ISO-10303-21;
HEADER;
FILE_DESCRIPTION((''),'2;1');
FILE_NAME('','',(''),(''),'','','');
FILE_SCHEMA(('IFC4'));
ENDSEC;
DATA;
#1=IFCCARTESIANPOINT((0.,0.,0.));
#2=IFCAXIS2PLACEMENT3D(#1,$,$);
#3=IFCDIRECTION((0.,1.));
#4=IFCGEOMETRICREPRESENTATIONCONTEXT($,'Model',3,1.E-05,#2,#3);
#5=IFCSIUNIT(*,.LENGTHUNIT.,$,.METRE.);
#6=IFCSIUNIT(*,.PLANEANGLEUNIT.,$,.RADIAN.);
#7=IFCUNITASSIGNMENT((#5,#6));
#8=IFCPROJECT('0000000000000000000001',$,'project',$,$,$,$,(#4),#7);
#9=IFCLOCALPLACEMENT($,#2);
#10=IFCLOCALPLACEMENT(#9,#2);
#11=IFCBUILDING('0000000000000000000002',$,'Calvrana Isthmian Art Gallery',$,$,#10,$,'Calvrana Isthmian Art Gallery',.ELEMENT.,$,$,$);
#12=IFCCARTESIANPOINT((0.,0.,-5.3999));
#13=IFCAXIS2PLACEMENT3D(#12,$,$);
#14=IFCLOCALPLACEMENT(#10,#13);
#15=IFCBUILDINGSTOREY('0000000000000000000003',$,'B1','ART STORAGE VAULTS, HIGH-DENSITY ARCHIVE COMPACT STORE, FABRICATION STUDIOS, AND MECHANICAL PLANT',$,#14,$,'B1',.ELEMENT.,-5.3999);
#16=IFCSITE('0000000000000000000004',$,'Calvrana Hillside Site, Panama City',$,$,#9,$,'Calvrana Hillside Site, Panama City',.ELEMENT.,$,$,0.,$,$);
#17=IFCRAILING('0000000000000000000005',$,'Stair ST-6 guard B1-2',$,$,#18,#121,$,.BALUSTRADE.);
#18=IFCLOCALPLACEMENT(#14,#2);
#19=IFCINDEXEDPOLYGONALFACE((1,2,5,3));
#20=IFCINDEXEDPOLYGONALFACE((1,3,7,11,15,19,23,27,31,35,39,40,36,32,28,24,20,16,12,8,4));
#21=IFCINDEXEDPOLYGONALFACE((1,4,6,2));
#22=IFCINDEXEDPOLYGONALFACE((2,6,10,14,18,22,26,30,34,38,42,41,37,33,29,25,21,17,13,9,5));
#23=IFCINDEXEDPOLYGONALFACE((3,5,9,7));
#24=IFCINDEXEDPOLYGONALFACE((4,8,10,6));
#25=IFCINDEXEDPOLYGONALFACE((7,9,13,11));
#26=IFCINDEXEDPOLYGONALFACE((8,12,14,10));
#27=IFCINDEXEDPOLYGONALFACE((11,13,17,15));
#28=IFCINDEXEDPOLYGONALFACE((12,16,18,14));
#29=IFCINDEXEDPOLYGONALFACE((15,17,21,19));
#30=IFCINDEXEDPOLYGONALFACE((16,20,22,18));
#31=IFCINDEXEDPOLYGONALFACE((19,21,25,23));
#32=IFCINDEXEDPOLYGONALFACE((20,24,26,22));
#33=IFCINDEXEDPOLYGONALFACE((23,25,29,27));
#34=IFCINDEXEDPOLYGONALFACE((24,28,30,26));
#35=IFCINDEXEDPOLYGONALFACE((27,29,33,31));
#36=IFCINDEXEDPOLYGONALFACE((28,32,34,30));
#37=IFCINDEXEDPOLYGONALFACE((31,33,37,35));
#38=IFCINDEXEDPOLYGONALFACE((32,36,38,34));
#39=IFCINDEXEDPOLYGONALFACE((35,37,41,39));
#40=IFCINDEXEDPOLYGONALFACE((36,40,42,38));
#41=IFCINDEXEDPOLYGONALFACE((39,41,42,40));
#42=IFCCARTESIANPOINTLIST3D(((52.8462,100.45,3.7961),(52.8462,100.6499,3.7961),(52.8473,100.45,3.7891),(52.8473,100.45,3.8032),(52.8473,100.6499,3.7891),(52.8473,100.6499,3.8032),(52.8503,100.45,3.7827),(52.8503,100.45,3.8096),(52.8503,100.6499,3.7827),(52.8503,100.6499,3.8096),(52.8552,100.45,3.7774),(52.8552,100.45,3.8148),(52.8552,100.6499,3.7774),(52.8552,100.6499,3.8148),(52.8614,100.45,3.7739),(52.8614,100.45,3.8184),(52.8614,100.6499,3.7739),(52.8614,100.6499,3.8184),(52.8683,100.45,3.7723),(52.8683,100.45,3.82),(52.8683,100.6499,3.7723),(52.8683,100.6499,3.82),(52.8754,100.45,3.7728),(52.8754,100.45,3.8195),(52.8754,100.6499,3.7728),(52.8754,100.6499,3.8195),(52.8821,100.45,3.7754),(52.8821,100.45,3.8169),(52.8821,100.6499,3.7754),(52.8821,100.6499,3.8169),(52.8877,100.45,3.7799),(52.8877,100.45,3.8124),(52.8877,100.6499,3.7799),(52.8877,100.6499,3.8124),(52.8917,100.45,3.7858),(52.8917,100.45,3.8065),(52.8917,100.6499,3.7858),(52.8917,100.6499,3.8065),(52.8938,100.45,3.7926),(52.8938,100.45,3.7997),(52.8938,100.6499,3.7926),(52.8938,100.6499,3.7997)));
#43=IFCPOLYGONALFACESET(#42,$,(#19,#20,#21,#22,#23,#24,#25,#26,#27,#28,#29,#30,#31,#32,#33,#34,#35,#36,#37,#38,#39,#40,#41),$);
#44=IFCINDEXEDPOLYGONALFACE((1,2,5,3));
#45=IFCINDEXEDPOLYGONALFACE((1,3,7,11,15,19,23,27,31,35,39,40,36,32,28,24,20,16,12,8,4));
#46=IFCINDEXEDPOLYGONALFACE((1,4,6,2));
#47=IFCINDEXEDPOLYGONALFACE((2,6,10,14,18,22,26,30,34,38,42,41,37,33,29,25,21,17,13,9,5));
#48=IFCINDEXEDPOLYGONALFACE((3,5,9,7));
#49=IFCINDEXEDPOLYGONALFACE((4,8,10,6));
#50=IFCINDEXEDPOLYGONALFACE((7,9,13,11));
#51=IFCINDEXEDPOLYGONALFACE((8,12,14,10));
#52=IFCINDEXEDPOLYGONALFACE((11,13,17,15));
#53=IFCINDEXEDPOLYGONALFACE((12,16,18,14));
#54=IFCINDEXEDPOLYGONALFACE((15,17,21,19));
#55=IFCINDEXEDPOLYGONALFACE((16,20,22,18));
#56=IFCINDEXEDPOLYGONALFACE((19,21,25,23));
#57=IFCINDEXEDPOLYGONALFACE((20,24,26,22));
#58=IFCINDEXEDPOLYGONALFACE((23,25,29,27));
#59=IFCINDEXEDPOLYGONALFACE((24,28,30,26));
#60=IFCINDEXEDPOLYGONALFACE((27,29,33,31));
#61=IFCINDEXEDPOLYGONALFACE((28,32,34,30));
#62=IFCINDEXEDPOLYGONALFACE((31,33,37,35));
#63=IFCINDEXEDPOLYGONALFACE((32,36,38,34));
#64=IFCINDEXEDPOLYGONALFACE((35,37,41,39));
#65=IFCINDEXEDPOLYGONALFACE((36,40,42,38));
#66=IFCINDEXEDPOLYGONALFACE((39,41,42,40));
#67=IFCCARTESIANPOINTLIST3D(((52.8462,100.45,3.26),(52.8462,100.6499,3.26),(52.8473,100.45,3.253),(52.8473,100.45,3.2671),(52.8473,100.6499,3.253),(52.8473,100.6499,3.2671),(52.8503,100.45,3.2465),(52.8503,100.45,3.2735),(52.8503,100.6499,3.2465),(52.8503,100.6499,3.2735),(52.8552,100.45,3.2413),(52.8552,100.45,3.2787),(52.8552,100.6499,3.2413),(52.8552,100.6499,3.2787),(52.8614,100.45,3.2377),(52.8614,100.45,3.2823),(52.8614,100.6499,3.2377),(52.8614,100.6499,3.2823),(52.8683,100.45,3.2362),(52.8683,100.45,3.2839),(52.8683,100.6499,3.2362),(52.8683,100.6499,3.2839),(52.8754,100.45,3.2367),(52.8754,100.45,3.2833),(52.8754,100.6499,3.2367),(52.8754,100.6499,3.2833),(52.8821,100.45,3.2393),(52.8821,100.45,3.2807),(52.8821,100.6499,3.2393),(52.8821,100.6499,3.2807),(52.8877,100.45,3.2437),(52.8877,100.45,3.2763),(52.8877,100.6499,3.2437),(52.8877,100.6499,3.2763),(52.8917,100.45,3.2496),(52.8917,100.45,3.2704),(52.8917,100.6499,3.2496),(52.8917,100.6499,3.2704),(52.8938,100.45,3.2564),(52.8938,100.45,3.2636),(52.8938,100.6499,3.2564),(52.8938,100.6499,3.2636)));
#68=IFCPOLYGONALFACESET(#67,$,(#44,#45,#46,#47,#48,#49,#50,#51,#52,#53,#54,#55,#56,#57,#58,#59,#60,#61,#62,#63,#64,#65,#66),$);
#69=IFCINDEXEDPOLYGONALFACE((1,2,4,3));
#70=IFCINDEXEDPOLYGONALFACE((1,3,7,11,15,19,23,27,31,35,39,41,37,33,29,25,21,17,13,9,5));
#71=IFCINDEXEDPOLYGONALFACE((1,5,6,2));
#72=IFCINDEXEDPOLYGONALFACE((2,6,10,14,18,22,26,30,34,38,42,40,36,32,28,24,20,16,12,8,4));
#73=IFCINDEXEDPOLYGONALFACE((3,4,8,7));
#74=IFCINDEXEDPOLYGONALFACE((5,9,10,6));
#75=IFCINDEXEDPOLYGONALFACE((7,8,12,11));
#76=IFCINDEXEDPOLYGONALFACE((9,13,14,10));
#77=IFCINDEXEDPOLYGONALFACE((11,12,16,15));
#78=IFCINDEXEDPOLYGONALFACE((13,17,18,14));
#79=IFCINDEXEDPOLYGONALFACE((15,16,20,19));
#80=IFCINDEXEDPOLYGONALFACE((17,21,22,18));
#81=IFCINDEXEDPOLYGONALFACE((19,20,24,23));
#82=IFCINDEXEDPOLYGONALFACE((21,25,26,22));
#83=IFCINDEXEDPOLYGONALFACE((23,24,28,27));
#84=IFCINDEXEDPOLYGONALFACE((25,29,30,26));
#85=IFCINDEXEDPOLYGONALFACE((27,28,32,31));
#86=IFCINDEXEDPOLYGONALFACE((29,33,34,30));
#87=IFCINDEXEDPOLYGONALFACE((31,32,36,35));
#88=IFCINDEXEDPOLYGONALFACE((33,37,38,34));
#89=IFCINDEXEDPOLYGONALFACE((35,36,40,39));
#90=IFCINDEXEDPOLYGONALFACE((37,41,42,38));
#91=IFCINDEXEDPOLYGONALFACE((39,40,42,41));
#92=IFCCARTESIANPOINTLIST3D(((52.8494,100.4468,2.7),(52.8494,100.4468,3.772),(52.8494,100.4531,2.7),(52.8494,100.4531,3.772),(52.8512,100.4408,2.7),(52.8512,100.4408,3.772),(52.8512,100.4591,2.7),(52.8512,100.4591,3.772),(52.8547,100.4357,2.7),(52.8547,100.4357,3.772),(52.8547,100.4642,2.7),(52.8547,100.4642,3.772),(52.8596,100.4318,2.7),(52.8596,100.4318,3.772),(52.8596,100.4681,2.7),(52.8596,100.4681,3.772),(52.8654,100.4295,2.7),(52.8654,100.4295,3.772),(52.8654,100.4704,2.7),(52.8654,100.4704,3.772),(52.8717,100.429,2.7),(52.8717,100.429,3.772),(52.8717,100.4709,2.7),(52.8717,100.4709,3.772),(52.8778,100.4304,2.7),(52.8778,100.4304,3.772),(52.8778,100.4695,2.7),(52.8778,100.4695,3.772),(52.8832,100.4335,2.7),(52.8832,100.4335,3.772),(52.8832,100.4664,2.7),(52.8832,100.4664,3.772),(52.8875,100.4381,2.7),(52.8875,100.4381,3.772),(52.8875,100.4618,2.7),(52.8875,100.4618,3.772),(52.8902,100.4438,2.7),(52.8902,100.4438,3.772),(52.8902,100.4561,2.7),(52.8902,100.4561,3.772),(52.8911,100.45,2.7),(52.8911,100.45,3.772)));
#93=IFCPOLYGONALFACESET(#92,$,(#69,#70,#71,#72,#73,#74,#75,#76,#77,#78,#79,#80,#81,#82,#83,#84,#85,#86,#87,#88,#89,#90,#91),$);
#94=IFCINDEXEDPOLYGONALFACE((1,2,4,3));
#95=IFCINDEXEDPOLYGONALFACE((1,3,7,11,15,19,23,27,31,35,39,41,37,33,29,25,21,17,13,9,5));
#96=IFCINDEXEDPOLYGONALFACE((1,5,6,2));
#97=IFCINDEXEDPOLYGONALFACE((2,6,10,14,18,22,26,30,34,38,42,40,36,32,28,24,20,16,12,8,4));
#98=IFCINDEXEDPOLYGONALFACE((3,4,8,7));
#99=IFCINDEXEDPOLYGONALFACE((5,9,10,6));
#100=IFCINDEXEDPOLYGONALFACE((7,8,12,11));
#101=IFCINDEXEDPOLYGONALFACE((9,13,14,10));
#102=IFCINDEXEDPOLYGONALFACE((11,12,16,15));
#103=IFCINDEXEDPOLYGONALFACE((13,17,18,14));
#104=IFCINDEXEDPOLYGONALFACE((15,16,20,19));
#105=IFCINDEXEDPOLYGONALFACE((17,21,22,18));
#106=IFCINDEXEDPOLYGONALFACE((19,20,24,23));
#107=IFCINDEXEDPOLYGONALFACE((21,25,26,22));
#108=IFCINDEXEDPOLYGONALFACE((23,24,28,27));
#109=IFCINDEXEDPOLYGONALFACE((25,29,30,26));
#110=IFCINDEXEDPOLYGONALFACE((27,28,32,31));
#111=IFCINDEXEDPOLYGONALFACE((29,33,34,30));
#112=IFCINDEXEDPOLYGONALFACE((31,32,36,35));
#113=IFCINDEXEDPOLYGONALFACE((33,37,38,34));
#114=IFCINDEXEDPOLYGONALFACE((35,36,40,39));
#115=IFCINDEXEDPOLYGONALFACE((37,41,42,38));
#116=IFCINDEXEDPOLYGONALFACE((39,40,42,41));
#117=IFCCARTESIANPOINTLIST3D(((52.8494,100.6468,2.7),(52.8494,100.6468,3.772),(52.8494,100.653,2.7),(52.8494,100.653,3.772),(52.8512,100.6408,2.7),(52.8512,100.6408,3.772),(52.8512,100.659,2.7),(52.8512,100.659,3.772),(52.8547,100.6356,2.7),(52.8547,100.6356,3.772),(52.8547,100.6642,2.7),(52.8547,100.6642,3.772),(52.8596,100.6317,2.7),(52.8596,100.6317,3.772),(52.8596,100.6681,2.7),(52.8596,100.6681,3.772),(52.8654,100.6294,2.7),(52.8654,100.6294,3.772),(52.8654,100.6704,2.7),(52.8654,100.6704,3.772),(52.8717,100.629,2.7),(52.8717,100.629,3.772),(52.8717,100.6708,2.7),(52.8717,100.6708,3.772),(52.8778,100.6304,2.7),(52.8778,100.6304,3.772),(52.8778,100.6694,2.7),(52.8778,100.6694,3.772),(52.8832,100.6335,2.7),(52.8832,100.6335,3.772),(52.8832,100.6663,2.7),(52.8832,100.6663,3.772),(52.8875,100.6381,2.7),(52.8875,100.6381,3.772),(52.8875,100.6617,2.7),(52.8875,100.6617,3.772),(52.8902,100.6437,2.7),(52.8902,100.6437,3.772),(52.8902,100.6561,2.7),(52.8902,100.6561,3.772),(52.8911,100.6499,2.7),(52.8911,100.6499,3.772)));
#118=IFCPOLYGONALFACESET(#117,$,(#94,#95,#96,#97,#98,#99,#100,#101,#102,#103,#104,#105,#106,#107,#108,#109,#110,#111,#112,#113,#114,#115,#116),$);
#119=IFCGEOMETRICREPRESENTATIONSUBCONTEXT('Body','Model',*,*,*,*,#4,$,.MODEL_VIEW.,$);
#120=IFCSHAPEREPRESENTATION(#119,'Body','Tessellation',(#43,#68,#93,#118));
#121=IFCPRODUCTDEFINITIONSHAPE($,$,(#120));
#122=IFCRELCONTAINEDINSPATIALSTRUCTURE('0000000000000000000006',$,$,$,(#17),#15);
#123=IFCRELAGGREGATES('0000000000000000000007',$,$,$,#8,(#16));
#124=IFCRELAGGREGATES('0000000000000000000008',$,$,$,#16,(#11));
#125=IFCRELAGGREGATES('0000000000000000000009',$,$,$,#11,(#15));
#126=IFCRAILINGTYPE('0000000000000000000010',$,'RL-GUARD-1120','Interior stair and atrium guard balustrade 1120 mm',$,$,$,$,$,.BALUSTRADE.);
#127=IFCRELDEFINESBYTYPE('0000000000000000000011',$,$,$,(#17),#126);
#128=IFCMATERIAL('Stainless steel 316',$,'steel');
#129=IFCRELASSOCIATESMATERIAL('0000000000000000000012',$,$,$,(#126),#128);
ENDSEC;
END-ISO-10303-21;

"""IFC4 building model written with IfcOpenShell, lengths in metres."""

from ifc_helpers import new_model, si_unit, direction, frame, origin, origin_2d, place, context, subcontext, project, spatial, circle, extrude, material, type_object, element, save


model = new_model("IFC4")

# Units and contexts
model_context = context("Model", 3, precision=1e-05, world=origin(), true_north=direction((0.0, 1.0)))
body_context = subcontext(model_context, "Body", "Model", "MODEL_VIEW")
ifc_project = project(units=[si_unit("LENGTHUNIT", "METRE"), si_unit("PLANEANGLEUNIT", "RADIAN")], contexts=[model_context])

# Site, building, storey
site_placement = place(None, origin())
site = spatial("IfcSite", under=ifc_project, at=site_placement, Name="Calvrana Hillside Site, Panama City", LongName="Calvrana Hillside Site, Panama City", CompositionType="ELEMENT", RefElevation=0.0)
building_placement = place(site_placement, origin())
building = spatial("IfcBuilding", under=site, at=building_placement, Name="Calvrana Isthmian Art Gallery", LongName="Calvrana Isthmian Art Gallery", CompositionType="ELEMENT")
storey_placement = place(building_placement, frame((0.0, 0.0, -5.3999)))
storey = spatial("IfcBuildingStorey", under=building, at=storey_placement, Name="B1", Description="ART STORAGE VAULTS, HIGH-DENSITY ARCHIVE COMPACT STORE, FABRICATION STUDIOS, AND MECHANICAL PLANT", LongName="B1", CompositionType="ELEMENT", Elevation=-5.3999)

# Railing
ifc_material_1 = material(Name="Stainless steel 316", Category="steel")
railing_type_1 = type_object("IfcRailingType", Name="RL-GUARD-1120", Description="Interior stair and atrium guard balustrade 1120 mm", PredefinedType="BALUSTRADE", material=ifc_material_1)
railing_1_placement = place(storey_placement, frame((52.8701, 100.45, 2.7)))
element("IfcRailing", 1, at=railing_1_placement, inside=storey, type_object=railing_type_1, Name="Stair ST-6 guard B1-2", PredefinedType="BALUSTRADE", context=body_context, shape_type="SweptSolid", body=[
    extrude(circle(Radius=0.0239, at=origin_2d()), frame((0.0, 0.0, 1.0962), z_axis=(0.0, 1.0, 0.0), x_axis=(-1.0, 0.0, 0.0)), (0.0, 0.0, 1.0), 0.2),
    extrude(circle(Radius=0.0239, at=origin_2d()), frame((0.0, 0.0, 0.5601), z_axis=(0.0, 1.0, 0.0), x_axis=(-1.0, 0.0, 0.0)), (0.0, 0.0, 1.0), 0.2),
    extrude(circle(Radius=0.021, at=origin_2d()), origin(), (0.0, 0.0, 1.0), 1.072),
    extrude(circle(Radius=0.021, at=origin_2d()), frame((0.0, 0.2, 0.0)), (0.0, 0.0, 1.0), 1.072),
])

save(model, "model.ifc")
